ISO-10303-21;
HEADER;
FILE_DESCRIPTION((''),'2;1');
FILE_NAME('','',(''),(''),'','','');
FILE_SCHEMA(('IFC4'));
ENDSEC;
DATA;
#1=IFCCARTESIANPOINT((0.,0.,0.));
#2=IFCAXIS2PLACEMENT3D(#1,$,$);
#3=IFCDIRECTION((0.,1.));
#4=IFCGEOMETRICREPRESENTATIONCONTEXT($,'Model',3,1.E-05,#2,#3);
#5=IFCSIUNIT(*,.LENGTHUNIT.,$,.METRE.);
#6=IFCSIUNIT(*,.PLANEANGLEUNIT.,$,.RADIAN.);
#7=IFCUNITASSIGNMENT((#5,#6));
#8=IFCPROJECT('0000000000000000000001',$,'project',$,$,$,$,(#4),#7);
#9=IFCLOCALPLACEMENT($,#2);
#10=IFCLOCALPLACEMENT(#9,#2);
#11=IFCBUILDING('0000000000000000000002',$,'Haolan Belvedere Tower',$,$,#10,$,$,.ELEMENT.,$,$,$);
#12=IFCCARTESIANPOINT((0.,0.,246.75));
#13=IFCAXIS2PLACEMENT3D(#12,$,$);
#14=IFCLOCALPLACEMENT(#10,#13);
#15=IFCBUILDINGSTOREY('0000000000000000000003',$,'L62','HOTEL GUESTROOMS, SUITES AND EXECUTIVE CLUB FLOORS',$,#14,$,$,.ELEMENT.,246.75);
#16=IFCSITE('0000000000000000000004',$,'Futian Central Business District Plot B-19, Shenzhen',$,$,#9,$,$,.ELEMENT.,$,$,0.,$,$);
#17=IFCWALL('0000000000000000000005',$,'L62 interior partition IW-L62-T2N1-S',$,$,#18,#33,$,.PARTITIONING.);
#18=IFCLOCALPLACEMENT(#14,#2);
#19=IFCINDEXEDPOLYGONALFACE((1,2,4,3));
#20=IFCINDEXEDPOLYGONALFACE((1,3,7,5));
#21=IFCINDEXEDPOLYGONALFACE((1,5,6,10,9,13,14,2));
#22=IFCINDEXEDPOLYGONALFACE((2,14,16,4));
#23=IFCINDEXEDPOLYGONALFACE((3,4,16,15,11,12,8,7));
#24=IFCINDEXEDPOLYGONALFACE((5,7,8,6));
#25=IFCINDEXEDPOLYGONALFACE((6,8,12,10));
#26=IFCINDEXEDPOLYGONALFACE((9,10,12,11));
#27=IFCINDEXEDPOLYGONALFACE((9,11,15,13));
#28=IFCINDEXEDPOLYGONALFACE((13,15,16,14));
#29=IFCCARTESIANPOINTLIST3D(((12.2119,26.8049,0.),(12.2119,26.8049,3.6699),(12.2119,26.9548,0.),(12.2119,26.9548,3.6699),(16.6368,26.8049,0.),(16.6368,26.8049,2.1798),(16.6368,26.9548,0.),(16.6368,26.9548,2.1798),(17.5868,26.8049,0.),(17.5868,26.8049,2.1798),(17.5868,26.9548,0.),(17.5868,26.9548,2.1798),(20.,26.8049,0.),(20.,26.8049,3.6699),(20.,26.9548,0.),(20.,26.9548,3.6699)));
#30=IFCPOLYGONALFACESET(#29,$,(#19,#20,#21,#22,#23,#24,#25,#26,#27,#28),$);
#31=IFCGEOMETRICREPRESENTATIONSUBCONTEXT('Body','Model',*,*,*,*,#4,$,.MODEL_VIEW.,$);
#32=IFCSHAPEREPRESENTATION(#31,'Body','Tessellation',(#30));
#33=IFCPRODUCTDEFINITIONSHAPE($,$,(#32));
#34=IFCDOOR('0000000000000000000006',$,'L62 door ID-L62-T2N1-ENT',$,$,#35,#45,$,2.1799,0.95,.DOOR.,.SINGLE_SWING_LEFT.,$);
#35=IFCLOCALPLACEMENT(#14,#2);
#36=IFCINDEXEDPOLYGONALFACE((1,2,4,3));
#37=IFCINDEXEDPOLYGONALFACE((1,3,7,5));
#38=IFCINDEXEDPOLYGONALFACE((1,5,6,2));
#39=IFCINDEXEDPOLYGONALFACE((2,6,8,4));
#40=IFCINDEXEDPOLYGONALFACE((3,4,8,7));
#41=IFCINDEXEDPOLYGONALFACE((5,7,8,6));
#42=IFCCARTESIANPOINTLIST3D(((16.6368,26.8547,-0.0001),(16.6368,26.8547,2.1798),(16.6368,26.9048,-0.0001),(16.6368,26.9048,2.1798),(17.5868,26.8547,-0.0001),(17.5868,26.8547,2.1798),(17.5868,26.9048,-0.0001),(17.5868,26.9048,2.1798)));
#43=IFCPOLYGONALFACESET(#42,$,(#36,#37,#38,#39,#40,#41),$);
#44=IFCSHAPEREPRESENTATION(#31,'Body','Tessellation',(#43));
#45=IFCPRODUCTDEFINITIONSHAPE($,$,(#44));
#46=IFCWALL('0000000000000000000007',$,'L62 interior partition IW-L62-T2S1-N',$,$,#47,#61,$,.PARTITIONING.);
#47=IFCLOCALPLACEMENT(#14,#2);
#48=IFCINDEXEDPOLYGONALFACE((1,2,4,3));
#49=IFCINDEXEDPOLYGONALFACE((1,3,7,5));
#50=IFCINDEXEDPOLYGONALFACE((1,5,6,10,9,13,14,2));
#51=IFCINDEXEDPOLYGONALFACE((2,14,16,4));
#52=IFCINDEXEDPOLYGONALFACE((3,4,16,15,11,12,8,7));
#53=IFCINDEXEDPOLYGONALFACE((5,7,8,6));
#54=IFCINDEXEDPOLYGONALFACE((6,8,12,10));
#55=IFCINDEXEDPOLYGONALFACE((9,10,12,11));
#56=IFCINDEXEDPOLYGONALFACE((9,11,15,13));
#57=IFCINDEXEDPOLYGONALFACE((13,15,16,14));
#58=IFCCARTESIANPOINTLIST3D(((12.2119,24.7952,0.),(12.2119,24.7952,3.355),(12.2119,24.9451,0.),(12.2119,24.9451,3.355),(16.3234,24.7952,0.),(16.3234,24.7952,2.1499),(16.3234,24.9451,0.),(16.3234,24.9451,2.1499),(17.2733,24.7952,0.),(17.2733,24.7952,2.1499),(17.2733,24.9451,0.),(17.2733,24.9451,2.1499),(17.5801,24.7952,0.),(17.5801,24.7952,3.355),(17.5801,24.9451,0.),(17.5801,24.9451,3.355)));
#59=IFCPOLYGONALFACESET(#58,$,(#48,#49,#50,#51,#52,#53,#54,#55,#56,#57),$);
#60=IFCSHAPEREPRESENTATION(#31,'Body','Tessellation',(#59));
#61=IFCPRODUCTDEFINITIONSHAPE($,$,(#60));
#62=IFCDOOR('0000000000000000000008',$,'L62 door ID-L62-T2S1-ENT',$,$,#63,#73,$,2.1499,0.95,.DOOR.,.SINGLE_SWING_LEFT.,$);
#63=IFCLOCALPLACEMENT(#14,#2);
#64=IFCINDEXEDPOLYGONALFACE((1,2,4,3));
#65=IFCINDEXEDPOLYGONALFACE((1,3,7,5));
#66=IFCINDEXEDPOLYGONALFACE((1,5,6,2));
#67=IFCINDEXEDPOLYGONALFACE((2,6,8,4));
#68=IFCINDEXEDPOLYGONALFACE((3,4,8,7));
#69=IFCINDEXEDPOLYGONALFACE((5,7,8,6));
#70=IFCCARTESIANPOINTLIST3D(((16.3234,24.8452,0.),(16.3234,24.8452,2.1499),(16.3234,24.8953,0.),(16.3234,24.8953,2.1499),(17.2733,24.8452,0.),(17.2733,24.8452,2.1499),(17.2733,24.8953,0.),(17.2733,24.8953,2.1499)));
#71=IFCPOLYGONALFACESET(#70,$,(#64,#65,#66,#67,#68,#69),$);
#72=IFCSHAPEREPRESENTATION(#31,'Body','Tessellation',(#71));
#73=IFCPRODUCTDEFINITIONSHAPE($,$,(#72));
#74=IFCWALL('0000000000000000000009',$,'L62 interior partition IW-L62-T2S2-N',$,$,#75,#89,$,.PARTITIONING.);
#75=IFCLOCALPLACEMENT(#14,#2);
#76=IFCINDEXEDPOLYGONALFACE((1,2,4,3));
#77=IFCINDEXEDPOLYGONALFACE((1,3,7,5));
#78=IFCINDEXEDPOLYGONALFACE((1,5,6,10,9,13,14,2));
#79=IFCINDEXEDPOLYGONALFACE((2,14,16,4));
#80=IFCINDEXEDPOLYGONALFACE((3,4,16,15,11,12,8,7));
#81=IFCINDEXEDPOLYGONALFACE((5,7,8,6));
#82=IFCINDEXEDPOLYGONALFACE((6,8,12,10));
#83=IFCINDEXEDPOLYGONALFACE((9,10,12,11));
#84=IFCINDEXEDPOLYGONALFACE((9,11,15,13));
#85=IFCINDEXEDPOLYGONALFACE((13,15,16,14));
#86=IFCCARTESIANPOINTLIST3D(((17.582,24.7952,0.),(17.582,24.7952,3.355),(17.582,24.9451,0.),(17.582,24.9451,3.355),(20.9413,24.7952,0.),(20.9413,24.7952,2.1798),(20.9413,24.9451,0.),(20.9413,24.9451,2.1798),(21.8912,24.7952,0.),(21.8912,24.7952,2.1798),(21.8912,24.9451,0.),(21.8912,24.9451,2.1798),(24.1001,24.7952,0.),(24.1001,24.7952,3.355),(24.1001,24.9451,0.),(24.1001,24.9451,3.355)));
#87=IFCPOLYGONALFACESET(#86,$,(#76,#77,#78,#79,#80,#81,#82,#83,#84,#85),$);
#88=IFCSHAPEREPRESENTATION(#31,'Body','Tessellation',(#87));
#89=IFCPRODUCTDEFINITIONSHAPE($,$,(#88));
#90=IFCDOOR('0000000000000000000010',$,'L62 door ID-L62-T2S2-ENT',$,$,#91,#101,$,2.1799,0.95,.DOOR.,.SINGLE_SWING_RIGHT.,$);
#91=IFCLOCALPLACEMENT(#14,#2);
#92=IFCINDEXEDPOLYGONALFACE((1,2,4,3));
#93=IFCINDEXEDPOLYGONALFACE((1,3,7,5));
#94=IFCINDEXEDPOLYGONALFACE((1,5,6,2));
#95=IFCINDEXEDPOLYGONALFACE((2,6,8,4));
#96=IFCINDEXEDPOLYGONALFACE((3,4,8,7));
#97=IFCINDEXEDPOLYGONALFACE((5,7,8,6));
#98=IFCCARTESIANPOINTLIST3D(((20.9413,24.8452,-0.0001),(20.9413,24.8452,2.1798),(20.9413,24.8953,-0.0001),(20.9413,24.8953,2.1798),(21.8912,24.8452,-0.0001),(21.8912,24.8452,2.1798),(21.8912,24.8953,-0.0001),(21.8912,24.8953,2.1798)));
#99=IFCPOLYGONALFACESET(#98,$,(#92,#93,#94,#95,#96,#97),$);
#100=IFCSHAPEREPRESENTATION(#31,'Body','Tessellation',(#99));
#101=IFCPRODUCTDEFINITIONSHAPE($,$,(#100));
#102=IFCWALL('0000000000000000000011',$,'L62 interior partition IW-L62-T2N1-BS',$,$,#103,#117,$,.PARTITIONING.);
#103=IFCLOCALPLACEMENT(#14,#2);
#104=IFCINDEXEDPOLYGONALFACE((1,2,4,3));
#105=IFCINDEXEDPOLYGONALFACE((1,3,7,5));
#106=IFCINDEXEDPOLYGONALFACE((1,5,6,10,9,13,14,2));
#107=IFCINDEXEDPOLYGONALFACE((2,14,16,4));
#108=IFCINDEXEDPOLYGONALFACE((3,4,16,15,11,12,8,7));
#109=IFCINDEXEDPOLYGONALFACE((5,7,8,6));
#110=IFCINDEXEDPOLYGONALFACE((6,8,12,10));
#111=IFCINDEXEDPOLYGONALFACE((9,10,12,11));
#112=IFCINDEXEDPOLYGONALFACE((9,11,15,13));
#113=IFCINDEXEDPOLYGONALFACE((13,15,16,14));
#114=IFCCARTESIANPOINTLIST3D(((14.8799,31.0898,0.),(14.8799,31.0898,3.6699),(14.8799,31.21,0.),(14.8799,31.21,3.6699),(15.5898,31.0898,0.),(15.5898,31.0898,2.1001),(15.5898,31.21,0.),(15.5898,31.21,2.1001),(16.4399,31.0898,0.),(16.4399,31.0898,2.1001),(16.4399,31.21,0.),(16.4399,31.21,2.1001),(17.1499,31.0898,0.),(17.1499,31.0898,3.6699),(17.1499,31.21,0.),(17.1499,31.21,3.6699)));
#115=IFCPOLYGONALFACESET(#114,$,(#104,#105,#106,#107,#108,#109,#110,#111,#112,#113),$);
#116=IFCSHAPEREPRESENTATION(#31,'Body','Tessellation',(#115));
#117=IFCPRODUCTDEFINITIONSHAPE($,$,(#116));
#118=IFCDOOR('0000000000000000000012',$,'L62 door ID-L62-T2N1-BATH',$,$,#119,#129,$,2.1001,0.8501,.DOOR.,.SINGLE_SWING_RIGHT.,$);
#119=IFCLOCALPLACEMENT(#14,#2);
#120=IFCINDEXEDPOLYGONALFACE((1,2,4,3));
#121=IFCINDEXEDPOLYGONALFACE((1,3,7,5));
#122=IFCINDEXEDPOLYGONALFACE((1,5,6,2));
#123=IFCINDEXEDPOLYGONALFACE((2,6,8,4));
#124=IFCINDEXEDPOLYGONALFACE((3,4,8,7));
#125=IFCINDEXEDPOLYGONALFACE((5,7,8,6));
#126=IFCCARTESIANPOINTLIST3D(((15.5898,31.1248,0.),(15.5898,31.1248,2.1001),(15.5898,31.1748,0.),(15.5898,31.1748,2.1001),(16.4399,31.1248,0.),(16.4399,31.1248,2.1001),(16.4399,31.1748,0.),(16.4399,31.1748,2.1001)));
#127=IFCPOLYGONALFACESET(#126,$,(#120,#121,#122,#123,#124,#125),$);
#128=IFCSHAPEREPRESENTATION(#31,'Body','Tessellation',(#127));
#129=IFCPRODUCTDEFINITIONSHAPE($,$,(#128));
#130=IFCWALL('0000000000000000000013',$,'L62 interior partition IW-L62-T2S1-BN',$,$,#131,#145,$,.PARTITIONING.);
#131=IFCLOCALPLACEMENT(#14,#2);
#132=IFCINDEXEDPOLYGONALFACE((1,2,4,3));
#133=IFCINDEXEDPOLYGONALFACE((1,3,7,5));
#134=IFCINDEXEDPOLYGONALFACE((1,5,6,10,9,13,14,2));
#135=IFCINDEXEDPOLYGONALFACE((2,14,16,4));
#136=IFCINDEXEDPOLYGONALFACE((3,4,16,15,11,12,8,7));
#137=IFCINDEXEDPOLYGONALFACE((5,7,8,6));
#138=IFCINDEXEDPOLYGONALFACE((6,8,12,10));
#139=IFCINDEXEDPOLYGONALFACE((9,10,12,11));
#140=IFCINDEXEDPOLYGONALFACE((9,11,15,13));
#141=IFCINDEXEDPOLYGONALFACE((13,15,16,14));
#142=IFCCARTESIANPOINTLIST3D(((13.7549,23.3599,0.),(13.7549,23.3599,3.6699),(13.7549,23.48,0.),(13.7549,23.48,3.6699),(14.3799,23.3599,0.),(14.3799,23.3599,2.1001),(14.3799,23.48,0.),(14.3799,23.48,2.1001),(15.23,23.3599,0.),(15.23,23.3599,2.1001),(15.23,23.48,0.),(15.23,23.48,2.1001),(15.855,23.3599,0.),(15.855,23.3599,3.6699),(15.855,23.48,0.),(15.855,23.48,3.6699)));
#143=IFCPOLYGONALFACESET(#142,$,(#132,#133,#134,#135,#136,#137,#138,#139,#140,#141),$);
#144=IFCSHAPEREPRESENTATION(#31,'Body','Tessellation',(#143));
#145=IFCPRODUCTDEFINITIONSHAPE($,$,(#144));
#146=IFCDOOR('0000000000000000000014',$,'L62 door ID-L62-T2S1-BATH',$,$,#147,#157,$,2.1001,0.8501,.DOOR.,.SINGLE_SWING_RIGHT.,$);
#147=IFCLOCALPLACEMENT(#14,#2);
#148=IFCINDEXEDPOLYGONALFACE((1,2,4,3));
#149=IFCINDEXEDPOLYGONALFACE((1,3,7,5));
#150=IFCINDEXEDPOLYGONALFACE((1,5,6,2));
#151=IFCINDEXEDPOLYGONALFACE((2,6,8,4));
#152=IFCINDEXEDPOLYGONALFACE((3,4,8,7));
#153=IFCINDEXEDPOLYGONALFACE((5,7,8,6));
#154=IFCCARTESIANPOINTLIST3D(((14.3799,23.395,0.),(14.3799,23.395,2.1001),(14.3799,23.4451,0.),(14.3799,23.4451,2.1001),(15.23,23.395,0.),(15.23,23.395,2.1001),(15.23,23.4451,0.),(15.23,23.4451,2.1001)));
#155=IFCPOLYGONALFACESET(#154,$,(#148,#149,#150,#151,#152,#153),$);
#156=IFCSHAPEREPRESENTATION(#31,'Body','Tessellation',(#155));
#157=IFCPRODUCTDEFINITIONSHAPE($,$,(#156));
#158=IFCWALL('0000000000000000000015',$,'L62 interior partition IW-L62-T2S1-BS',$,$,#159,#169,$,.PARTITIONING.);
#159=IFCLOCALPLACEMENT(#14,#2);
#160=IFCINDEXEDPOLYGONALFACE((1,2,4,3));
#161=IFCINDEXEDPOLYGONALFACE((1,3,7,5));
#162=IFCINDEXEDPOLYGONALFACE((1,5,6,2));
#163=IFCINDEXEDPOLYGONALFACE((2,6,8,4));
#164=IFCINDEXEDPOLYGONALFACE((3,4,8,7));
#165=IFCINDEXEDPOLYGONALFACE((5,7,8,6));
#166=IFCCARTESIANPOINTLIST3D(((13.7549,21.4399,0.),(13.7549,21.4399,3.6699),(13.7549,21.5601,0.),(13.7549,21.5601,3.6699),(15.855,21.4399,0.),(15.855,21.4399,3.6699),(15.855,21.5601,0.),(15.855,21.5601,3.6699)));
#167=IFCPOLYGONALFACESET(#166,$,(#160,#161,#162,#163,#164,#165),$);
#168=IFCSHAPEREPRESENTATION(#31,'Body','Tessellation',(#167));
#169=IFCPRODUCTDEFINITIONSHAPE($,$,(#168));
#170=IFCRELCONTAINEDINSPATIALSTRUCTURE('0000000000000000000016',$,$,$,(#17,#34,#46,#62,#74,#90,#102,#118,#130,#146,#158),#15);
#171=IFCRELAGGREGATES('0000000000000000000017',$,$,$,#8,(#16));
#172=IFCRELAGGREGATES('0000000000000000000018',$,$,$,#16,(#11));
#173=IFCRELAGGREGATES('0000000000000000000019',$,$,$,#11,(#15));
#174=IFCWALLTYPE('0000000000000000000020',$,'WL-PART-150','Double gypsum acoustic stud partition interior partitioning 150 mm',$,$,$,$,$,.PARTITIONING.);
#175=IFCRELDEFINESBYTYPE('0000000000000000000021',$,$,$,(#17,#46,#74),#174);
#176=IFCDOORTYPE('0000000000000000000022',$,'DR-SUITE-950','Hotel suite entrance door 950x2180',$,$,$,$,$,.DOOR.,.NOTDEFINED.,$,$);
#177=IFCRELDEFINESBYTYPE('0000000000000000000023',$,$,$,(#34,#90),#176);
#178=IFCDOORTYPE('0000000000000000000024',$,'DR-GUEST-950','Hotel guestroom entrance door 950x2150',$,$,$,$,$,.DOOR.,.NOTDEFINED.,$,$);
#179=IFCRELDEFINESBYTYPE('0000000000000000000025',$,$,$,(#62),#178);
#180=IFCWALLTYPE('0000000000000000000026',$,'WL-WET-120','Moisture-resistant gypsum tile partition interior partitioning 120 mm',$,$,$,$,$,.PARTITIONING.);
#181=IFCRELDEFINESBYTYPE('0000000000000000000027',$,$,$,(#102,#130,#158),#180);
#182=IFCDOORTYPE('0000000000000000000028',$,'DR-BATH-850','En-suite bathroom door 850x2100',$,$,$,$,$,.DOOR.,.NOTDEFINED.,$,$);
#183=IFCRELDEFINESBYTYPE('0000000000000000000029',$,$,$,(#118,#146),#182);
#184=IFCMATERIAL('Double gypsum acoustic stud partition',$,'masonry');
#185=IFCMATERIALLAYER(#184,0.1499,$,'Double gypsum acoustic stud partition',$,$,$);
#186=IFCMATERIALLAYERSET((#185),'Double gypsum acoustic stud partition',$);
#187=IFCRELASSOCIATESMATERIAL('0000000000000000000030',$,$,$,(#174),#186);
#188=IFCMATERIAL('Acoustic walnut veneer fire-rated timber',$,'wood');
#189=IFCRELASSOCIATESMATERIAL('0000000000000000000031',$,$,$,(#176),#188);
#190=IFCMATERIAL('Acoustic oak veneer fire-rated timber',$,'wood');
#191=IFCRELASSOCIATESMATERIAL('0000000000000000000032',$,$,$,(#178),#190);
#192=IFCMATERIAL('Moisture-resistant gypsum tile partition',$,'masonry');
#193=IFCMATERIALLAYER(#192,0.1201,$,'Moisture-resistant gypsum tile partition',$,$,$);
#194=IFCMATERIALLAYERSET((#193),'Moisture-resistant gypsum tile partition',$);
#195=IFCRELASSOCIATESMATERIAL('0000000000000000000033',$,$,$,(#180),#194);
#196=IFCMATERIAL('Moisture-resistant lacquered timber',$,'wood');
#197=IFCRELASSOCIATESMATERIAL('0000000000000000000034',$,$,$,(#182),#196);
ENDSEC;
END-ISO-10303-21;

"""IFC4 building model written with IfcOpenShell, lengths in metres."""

from ifc_helpers import new_model, si_unit, direction, frame, frame_2d, origin, place, context, subcontext, project, spatial, rectangle, extrude, material, layer, layer_set, type_object, element, fill, save


model = new_model("IFC4")

# Units and contexts
model_context = context("Model", 3, precision=1e-05, world=origin(), true_north=direction((0.0, 1.0)))
body_context = subcontext(model_context, "Body", "Model", "MODEL_VIEW")
ifc_project = project(units=[si_unit("LENGTHUNIT", "METRE"), si_unit("PLANEANGLEUNIT", "RADIAN")], contexts=[model_context])

# Site, building, storey
site_placement = place(None, origin())
site = spatial("IfcSite", under=ifc_project, at=site_placement, Name="Futian Central Business District Plot B-19, Shenzhen", CompositionType="ELEMENT", RefElevation=0.0)
building_placement = place(site_placement, origin())
building = spatial("IfcBuilding", under=site, at=building_placement, Name="Haolan Belvedere Tower", CompositionType="ELEMENT")
storey_placement = place(building_placement, frame((0.0, 0.0, 246.75)))
storey = spatial("IfcBuildingStorey", under=building, at=storey_placement, Name="L62", Description="HOTEL GUESTROOMS, SUITES AND EXECUTIVE CLUB FLOORS", CompositionType="ELEMENT", Elevation=246.75)

# Walls, openings, doors
ifc_material_1 = material(Name="Double gypsum acoustic stud partition", Category="masonry")
ifc_layer_1 = layer(ifc_material_1, 0.1499, Name="Double gypsum acoustic stud partition")
ifc_layer_set_1 = layer_set([ifc_layer_1], Name="Double gypsum acoustic stud partition")
wall_type_1 = type_object("IfcWallType", Name="WL-PART-150", Description="Double gypsum acoustic stud partition interior partitioning 150 mm", PredefinedType="PARTITIONING", material=ifc_layer_set_1)
wall_1_placement = place(storey_placement, frame((12.2119, 26.8799, 0.0), z_axis=(0.0, 0.0, 1.0), x_axis=(1.0, 0.0, 0.0)))
wall_1 = element("IfcWall", 1, at=wall_1_placement, inside=storey, type_object=wall_type_1, Name="L62 interior partition IW-L62-T2N1-S", PredefinedType="PARTITIONING", context=body_context, shape_type="SweptSolid", body=[
    extrude(rectangle(XDim=7.7881, YDim=0.1499, at=frame_2d((3.894, 0.0))), origin(), (0.0, 0.0, 1.0), 3.6699),
])
opening_1_placement = place(wall_1_placement, frame((4.4248, 0.0, 0.0)))
opening_1 = element("IfcOpeningElement", 2, at=opening_1_placement, cuts=wall_1, PredefinedType="OPENING", context=body_context, shape_type="SweptSolid", body=[
    extrude(rectangle(XDim=0.95, YDim=2.1799, at=frame_2d((0.4751, 1.0898))), frame((0.0, 0.085, 0.0), z_axis=(0.0, -1.0, 0.0), x_axis=(1.0, 0.0, 0.0)), (0.0, 0.0, 1.0), 0.1699),
])
ifc_material_2 = material(Name="Acoustic walnut veneer fire-rated timber", Category="wood")
door_type_1 = type_object("IfcDoorType", Name="DR-SUITE-950", Description="Hotel suite entrance door 950x2180", OperationType="NOTDEFINED", PredefinedType="DOOR", material=ifc_material_2)
door_1_placement = place(opening_1_placement, origin())
door_1 = element("IfcDoor", 3, at=door_1_placement, inside=storey, type_object=door_type_1, Name="L62 door ID-L62-T2N1-ENT", OperationType="SINGLE_SWING_LEFT", OverallHeight=2.1799, OverallWidth=0.95, PredefinedType="DOOR", context=body_context, shape_type="SweptSolid", body=[
    extrude(rectangle(XDim=0.95, YDim=2.1799, at=frame_2d((0.4751, 1.0898))), frame((0.0, 0.0249, 0.0), z_axis=(0.0, -1.0, 0.0), x_axis=(1.0, 0.0, 0.0)), (0.0, 0.0, 1.0), 0.05),
])
fill(opening_1, door_1)
wall_2_placement = place(storey_placement, frame((12.2119, 24.8701, 0.0), z_axis=(0.0, 0.0, 1.0), x_axis=(1.0, 0.0, 0.0)))
wall_2 = element("IfcWall", 4, at=wall_2_placement, inside=storey, type_object=wall_type_1, Name="L62 interior partition IW-L62-T2S1-N", PredefinedType="PARTITIONING", context=body_context, shape_type="SweptSolid", body=[
    extrude(rectangle(XDim=5.3682, YDim=0.1499, at=frame_2d((2.6841, 0.0))), origin(), (0.0, 0.0, 1.0), 3.355),
])
opening_2_placement = place(wall_2_placement, frame((5.0615, 0.0, 0.0), z_axis=(0.0, 0.0, 1.0), x_axis=(-1.0, 0.0, 0.0)))
opening_2 = element("IfcOpeningElement", 5, at=opening_2_placement, cuts=wall_2, PredefinedType="OPENING", context=body_context, shape_type="SweptSolid", body=[
    extrude(rectangle(XDim=0.95, YDim=2.1499, at=frame_2d((0.4751, 1.075))), frame((0.0, 0.085, 0.0), z_axis=(0.0, -1.0, 0.0), x_axis=(1.0, 0.0, 0.0)), (0.0, 0.0, 1.0), 0.1699),
])
ifc_material_3 = material(Name="Acoustic oak veneer fire-rated timber", Category="wood")
door_type_2 = type_object("IfcDoorType", Name="DR-GUEST-950", Description="Hotel guestroom entrance door 950x2150", OperationType="NOTDEFINED", PredefinedType="DOOR", material=ifc_material_3)
door_2_placement = place(opening_2_placement, origin())
door_2 = element("IfcDoor", 6, at=door_2_placement, inside=storey, type_object=door_type_2, Name="L62 door ID-L62-T2S1-ENT", OperationType="SINGLE_SWING_LEFT", OverallHeight=2.1499, OverallWidth=0.95, PredefinedType="DOOR", context=body_context, shape_type="SweptSolid", body=[
    extrude(rectangle(XDim=0.95, YDim=2.1499, at=frame_2d((0.4751, 1.075))), frame((0.0, 0.0249, 0.0), z_axis=(0.0, -1.0, 0.0), x_axis=(1.0, 0.0, 0.0)), (0.0, 0.0, 1.0), 0.05),
])
fill(opening_2, door_2)
wall_3_placement = place(storey_placement, frame((17.582, 24.8701, 0.0), z_axis=(0.0, 0.0, 1.0), x_axis=(1.0, 0.0, 0.0)))
wall_3 = element("IfcWall", 7, at=wall_3_placement, inside=storey, type_object=wall_type_1, Name="L62 interior partition IW-L62-T2S2-N", PredefinedType="PARTITIONING", context=body_context, shape_type="SweptSolid", body=[
    extrude(rectangle(XDim=6.5181, YDim=0.1499, at=frame_2d((3.259, 0.0))), origin(), (0.0, 0.0, 1.0), 3.355),
])
opening_3_placement = place(wall_3_placement, frame((4.3093, 0.0, 0.0), z_axis=(0.0, 0.0, 1.0), x_axis=(-1.0, 0.0, 0.0)))
opening_3 = element("IfcOpeningElement", 8, at=opening_3_placement, cuts=wall_3, PredefinedType="OPENING", context=body_context, shape_type="SweptSolid", body=[
    extrude(rectangle(XDim=0.95, YDim=2.1799, at=frame_2d((0.4751, 1.0898))), frame((0.0, 0.085, 0.0), z_axis=(0.0, -1.0, 0.0), x_axis=(1.0, 0.0, 0.0)), (0.0, 0.0, 1.0), 0.1699),
])
door_3_placement = place(opening_3_placement, origin())
door_3 = element("IfcDoor", 9, at=door_3_placement, inside=storey, type_object=door_type_1, Name="L62 door ID-L62-T2S2-ENT", OperationType="SINGLE_SWING_RIGHT", OverallHeight=2.1799, OverallWidth=0.95, PredefinedType="DOOR", context=body_context, shape_type="SweptSolid", body=[
    extrude(rectangle(XDim=0.95, YDim=2.1799, at=frame_2d((0.4751, 1.0898))), frame((0.0, 0.0249, 0.0), z_axis=(0.0, -1.0, 0.0), x_axis=(1.0, 0.0, 0.0)), (0.0, 0.0, 1.0), 0.05),
])
fill(opening_3, door_3)
ifc_material_4 = material(Name="Moisture-resistant gypsum tile partition", Category="masonry")
ifc_layer_2 = layer(ifc_material_4, 0.1201, Name="Moisture-resistant gypsum tile partition")
ifc_layer_set_2 = layer_set([ifc_layer_2], Name="Moisture-resistant gypsum tile partition")
wall_type_2 = type_object("IfcWallType", Name="WL-WET-120", Description="Moisture-resistant gypsum tile partition interior partitioning 120 mm", PredefinedType="PARTITIONING", material=ifc_layer_set_2)
wall_4_placement = place(storey_placement, frame((14.8799, 31.1499, 0.0), z_axis=(0.0, 0.0, 1.0), x_axis=(1.0, 0.0, 0.0)))
wall_4 = element("IfcWall", 10, at=wall_4_placement, inside=storey, type_object=wall_type_2, Name="L62 interior partition IW-L62-T2N1-BS", PredefinedType="PARTITIONING", context=body_context, shape_type="SweptSolid", body=[
    extrude(rectangle(XDim=2.27, YDim=0.1201, at=frame_2d((1.135, 0.0))), origin(), (0.0, 0.0, 1.0), 3.6699),
])
opening_4_placement = place(wall_4_placement, frame((0.71, 0.0, 0.0)))
opening_4 = element("IfcOpeningElement", 11, at=opening_4_placement, cuts=wall_4, PredefinedType="OPENING", context=body_context, shape_type="SweptSolid", body=[
    extrude(rectangle(XDim=0.8501, YDim=2.1001, at=frame_2d((0.425, 1.05))), frame((0.0, 0.0701, 0.0), z_axis=(0.0, -1.0, 0.0), x_axis=(1.0, 0.0, 0.0)), (0.0, 0.0, 1.0), 0.1401),
])
ifc_material_5 = material(Name="Moisture-resistant lacquered timber", Category="wood")
door_type_3 = type_object("IfcDoorType", Name="DR-BATH-850", Description="En-suite bathroom door 850x2100", OperationType="NOTDEFINED", PredefinedType="DOOR", material=ifc_material_5)
door_4_placement = place(opening_4_placement, origin())
door_4 = element("IfcDoor", 12, at=door_4_placement, inside=storey, type_object=door_type_3, Name="L62 door ID-L62-T2N1-BATH", OperationType="SINGLE_SWING_RIGHT", OverallHeight=2.1001, OverallWidth=0.8501, PredefinedType="DOOR", context=body_context, shape_type="SweptSolid", body=[
    extrude(rectangle(XDim=0.8501, YDim=2.1001, at=frame_2d((0.425, 1.05))), frame((0.0, 0.0249, 0.0), z_axis=(0.0, -1.0, 0.0), x_axis=(1.0, 0.0, 0.0)), (0.0, 0.0, 1.0), 0.05),
])
fill(opening_4, door_4)
wall_5_placement = place(storey_placement, frame((13.7549, 23.4199, 0.0), z_axis=(0.0, 0.0, 1.0), x_axis=(1.0, 0.0, 0.0)))
wall_5 = element("IfcWall", 13, at=wall_5_placement, inside=storey, type_object=wall_type_2, Name="L62 interior partition IW-L62-T2S1-BN", PredefinedType="PARTITIONING", context=body_context, shape_type="SweptSolid", body=[
    extrude(rectangle(XDim=2.1001, YDim=0.1201, at=frame_2d((1.05, 0.0))), origin(), (0.0, 0.0, 1.0), 3.6699),
])
opening_5_placement = place(wall_5_placement, frame((1.4751, 0.0, 0.0), z_axis=(0.0, 0.0, 1.0), x_axis=(-1.0, 0.0, 0.0)))
opening_5 = element("IfcOpeningElement", 14, at=opening_5_placement, cuts=wall_5, PredefinedType="OPENING", context=body_context, shape_type="SweptSolid", body=[
    extrude(rectangle(XDim=0.8501, YDim=2.1001, at=frame_2d((0.425, 1.05))), frame((0.0, 0.0701, 0.0), z_axis=(0.0, -1.0, 0.0), x_axis=(1.0, 0.0, 0.0)), (0.0, 0.0, 1.0), 0.1401),
])
door_5_placement = place(opening_5_placement, origin())
door_5 = element("IfcDoor", 15, at=door_5_placement, inside=storey, type_object=door_type_3, Name="L62 door ID-L62-T2S1-BATH", OperationType="SINGLE_SWING_RIGHT", OverallHeight=2.1001, OverallWidth=0.8501, PredefinedType="DOOR", context=body_context, shape_type="SweptSolid", body=[
    extrude(rectangle(XDim=0.8501, YDim=2.1001, at=frame_2d((0.425, 1.05))), frame((0.0, 0.0249, 0.0), z_axis=(0.0, -1.0, 0.0), x_axis=(1.0, 0.0, 0.0)), (0.0, 0.0, 1.0), 0.05),
])
fill(opening_5, door_5)

# Wall
wall_6_placement = place(storey_placement, frame((13.7549, 21.5, 0.0), z_axis=(0.0, 0.0, 1.0), x_axis=(1.0, 0.0, 0.0)))
element("IfcWall", 16, at=wall_6_placement, inside=storey, type_object=wall_type_2, Name="L62 interior partition IW-L62-T2S1-BS", PredefinedType="PARTITIONING", context=body_context, shape_type="SweptSolid", body=[
    extrude(rectangle(XDim=2.1001, YDim=0.1201, at=frame_2d((1.05, 0.0))), origin(), (0.0, 0.0, 1.0), 3.6699),
])

save(model, "model.ifc")
